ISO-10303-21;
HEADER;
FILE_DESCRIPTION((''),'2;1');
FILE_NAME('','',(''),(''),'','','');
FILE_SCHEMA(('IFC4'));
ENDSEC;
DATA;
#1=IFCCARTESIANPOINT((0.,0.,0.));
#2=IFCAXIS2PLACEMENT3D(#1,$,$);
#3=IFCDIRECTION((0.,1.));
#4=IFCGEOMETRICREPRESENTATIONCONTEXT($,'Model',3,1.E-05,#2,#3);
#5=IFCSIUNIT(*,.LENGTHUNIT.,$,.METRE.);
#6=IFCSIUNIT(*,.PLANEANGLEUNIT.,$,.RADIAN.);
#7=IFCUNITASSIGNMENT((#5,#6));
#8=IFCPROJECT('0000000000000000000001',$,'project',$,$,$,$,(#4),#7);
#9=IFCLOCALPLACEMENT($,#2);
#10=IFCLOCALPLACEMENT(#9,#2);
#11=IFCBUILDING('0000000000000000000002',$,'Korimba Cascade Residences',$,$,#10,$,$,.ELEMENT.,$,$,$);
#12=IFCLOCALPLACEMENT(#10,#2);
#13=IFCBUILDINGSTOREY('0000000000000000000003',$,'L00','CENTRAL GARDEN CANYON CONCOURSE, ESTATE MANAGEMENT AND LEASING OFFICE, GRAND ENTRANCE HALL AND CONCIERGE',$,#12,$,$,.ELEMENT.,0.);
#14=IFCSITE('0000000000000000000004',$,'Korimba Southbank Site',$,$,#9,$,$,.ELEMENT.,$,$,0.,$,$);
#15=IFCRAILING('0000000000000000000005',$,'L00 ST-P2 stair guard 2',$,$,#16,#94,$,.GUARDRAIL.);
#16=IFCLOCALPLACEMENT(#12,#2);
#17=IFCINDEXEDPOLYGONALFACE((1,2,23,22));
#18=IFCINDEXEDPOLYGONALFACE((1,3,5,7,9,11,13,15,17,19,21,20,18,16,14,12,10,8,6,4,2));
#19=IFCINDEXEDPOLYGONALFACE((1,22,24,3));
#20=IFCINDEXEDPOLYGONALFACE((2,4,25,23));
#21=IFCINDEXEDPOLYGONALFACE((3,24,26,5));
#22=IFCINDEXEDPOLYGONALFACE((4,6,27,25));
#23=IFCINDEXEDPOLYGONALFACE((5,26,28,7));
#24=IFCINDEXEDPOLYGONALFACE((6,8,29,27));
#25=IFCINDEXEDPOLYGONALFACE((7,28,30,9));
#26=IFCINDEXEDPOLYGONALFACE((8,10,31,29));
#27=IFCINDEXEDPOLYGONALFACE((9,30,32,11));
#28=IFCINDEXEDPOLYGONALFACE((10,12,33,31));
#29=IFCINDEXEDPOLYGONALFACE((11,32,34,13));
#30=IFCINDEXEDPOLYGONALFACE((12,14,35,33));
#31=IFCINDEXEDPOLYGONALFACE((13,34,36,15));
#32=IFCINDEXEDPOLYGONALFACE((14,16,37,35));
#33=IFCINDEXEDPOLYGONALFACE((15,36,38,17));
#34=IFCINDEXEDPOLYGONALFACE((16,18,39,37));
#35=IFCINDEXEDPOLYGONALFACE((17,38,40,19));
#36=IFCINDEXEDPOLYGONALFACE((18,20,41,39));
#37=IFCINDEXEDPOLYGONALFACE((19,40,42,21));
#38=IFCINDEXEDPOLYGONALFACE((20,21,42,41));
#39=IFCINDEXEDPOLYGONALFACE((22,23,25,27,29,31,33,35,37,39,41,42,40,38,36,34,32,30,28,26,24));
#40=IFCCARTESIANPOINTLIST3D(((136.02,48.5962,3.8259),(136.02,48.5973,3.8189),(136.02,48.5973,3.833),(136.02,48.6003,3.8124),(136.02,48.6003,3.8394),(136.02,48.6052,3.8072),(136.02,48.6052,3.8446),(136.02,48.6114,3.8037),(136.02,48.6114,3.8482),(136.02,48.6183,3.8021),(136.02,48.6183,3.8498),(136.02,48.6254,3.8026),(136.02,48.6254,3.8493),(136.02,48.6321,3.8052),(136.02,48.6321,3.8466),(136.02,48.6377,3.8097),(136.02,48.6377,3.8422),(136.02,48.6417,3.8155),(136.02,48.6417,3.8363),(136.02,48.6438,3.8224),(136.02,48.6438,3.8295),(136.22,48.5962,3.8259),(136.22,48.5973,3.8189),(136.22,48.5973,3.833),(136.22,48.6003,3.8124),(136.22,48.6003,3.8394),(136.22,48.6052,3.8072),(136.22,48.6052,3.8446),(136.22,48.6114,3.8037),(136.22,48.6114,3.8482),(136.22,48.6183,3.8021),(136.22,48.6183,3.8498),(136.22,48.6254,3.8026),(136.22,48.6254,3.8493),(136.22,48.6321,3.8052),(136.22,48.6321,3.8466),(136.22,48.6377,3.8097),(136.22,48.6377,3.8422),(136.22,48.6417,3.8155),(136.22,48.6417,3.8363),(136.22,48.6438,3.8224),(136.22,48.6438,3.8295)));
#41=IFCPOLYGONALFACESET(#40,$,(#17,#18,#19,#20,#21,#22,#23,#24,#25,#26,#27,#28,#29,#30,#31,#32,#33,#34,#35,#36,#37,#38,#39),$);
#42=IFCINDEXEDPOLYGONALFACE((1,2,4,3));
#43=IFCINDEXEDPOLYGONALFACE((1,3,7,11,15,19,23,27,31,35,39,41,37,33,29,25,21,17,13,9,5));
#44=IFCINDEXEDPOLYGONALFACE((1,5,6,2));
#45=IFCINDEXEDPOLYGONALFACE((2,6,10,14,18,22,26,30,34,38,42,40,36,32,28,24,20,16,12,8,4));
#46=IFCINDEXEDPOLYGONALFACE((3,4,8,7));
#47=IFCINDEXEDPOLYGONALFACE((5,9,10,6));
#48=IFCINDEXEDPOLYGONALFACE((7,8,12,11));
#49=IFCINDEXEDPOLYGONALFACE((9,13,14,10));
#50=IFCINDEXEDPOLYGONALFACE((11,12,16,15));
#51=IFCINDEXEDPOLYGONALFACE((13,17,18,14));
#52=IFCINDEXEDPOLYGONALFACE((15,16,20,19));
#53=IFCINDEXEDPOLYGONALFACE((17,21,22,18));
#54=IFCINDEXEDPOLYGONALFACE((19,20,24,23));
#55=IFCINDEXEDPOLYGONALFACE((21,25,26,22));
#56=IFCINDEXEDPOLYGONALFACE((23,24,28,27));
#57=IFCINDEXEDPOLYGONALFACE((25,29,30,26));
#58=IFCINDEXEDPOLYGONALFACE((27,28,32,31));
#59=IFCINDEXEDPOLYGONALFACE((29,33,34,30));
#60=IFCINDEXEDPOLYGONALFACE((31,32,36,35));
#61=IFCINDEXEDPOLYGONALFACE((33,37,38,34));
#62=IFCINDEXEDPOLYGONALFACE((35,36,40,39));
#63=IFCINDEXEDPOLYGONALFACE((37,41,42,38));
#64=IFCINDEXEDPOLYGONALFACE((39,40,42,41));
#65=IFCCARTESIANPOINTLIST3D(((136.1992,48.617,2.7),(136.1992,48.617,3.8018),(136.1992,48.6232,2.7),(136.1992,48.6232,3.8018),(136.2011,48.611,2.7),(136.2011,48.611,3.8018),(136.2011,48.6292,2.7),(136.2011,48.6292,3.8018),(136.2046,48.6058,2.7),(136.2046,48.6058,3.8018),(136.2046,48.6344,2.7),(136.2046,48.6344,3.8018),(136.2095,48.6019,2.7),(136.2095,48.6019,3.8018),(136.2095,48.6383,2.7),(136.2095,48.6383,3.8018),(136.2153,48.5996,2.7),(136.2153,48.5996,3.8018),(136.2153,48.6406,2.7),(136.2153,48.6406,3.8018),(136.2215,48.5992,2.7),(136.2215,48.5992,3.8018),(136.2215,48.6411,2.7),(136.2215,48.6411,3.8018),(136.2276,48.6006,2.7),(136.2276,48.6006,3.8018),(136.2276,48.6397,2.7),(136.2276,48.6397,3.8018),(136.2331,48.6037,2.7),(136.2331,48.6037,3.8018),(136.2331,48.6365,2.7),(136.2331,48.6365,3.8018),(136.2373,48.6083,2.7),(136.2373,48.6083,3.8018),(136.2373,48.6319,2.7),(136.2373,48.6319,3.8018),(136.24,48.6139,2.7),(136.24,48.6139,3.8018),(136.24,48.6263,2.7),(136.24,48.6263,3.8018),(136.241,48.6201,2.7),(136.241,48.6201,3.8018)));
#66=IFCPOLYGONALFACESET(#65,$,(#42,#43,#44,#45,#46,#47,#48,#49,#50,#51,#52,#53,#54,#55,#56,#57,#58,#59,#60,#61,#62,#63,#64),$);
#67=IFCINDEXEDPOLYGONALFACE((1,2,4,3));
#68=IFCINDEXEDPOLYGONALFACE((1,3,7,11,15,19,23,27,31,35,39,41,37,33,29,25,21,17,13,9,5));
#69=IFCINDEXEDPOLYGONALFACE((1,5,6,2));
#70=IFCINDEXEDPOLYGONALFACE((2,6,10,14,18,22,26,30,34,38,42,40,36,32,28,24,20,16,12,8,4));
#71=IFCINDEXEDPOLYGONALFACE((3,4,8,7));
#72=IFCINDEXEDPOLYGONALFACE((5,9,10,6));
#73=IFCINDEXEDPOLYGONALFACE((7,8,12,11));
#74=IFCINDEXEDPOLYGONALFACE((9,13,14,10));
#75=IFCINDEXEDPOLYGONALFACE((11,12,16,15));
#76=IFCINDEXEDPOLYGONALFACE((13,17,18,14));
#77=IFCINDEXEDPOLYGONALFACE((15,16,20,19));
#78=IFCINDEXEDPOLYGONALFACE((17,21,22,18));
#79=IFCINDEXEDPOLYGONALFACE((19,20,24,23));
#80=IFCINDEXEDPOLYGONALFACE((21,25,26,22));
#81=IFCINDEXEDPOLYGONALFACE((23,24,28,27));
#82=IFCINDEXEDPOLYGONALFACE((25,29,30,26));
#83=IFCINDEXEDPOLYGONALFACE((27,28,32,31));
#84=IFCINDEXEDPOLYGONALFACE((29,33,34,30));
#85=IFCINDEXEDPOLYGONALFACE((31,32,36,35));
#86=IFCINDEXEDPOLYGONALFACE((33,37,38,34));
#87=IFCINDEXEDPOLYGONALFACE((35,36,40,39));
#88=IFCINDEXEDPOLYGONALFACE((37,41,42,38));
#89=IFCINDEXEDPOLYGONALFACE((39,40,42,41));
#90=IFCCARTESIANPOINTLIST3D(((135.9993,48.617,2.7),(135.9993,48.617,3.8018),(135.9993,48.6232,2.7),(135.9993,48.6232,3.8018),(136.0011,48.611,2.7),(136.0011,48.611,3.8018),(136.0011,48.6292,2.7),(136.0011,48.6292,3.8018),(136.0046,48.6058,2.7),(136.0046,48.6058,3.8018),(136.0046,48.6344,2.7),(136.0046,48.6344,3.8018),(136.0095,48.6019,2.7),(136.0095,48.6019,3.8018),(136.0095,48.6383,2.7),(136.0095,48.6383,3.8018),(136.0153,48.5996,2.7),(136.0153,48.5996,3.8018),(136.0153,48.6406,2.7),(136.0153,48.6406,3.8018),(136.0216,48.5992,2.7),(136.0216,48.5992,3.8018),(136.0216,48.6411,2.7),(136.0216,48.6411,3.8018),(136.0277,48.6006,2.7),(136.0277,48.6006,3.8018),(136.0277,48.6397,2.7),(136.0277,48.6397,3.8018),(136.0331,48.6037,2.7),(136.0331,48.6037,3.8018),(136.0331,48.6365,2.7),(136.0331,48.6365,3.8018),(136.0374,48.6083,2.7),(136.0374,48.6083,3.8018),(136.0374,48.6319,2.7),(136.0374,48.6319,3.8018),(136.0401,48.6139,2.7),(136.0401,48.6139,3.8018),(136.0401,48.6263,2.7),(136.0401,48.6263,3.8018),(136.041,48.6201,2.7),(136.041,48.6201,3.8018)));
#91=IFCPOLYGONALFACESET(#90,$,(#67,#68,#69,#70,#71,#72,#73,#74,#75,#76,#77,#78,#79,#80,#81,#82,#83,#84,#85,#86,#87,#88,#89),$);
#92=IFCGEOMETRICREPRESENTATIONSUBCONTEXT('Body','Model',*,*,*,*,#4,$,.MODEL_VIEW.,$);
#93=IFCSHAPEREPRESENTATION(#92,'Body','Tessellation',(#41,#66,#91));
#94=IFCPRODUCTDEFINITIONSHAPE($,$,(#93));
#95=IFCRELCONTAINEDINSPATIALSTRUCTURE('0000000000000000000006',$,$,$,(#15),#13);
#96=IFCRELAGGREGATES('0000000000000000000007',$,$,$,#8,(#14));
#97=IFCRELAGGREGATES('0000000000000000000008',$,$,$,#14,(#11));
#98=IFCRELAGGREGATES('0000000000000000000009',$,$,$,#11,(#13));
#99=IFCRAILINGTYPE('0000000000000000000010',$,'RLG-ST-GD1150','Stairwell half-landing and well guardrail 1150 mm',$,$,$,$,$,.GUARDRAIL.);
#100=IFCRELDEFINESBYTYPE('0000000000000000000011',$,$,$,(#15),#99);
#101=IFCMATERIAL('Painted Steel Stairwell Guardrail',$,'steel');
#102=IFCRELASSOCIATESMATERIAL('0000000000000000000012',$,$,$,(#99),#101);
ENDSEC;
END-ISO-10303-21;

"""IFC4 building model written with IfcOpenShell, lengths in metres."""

from ifc_helpers import new_model, si_unit, direction, frame, origin, origin_2d, place, context, subcontext, project, spatial, circle, extrude, material, type_object, element, save


model = new_model("IFC4")

# Units and contexts
model_context = context("Model", 3, precision=1e-05, world=origin(), true_north=direction((0.0, 1.0)))
body_context = subcontext(model_context, "Body", "Model", "MODEL_VIEW")
ifc_project = project(units=[si_unit("LENGTHUNIT", "METRE"), si_unit("PLANEANGLEUNIT", "RADIAN")], contexts=[model_context])

# Site, building, storey
site_placement = place(None, origin())
site = spatial("IfcSite", under=ifc_project, at=site_placement, Name="Korimba Southbank Site", CompositionType="ELEMENT", RefElevation=0.0)
building_placement = place(site_placement, origin())
building = spatial("IfcBuilding", under=site, at=building_placement, Name="Korimba Cascade Residences", CompositionType="ELEMENT")
storey_placement = place(building_placement, origin())
storey = spatial("IfcBuildingStorey", under=building, at=storey_placement, Name="L00", Description="CENTRAL GARDEN CANYON CONCOURSE, ESTATE MANAGEMENT AND LEASING OFFICE, GRAND ENTRANCE HALL AND CONCIERGE", CompositionType="ELEMENT", Elevation=0.0)

# Railing
ifc_material_1 = material(Name="Painted Steel Stairwell Guardrail", Category="steel")
railing_type_1 = type_object("IfcRailingType", Name="RLG-ST-GD1150", Description="Stairwell half-landing and well guardrail 1150 mm", PredefinedType="GUARDRAIL", material=ifc_material_1)
railing_1_placement = place(storey_placement, frame((136.22, 48.6201, 2.7)))
element("IfcRailing", 1, at=railing_1_placement, inside=storey, type_object=railing_type_1, Name="L00 ST-P2 stair guard 2", PredefinedType="GUARDRAIL", context=body_context, shape_type="SweptSolid", body=[
    extrude(circle(Radius=0.0239, at=origin_2d()), frame((0.0, 0.0, 1.126), z_axis=(-1.0, 0.0, 0.0), x_axis=(0.0, -1.0, 0.0)), (0.0, 0.0, 1.0), 0.2),
    extrude(circle(Radius=0.021, at=origin_2d()), origin(), (0.0, 0.0, 1.0), 1.1018),
    extrude(circle(Radius=0.021, at=origin_2d()), frame((-0.2, 0.0, 0.0)), (0.0, 0.0, 1.0), 1.1018),
])

save(model, "model.ifc")
